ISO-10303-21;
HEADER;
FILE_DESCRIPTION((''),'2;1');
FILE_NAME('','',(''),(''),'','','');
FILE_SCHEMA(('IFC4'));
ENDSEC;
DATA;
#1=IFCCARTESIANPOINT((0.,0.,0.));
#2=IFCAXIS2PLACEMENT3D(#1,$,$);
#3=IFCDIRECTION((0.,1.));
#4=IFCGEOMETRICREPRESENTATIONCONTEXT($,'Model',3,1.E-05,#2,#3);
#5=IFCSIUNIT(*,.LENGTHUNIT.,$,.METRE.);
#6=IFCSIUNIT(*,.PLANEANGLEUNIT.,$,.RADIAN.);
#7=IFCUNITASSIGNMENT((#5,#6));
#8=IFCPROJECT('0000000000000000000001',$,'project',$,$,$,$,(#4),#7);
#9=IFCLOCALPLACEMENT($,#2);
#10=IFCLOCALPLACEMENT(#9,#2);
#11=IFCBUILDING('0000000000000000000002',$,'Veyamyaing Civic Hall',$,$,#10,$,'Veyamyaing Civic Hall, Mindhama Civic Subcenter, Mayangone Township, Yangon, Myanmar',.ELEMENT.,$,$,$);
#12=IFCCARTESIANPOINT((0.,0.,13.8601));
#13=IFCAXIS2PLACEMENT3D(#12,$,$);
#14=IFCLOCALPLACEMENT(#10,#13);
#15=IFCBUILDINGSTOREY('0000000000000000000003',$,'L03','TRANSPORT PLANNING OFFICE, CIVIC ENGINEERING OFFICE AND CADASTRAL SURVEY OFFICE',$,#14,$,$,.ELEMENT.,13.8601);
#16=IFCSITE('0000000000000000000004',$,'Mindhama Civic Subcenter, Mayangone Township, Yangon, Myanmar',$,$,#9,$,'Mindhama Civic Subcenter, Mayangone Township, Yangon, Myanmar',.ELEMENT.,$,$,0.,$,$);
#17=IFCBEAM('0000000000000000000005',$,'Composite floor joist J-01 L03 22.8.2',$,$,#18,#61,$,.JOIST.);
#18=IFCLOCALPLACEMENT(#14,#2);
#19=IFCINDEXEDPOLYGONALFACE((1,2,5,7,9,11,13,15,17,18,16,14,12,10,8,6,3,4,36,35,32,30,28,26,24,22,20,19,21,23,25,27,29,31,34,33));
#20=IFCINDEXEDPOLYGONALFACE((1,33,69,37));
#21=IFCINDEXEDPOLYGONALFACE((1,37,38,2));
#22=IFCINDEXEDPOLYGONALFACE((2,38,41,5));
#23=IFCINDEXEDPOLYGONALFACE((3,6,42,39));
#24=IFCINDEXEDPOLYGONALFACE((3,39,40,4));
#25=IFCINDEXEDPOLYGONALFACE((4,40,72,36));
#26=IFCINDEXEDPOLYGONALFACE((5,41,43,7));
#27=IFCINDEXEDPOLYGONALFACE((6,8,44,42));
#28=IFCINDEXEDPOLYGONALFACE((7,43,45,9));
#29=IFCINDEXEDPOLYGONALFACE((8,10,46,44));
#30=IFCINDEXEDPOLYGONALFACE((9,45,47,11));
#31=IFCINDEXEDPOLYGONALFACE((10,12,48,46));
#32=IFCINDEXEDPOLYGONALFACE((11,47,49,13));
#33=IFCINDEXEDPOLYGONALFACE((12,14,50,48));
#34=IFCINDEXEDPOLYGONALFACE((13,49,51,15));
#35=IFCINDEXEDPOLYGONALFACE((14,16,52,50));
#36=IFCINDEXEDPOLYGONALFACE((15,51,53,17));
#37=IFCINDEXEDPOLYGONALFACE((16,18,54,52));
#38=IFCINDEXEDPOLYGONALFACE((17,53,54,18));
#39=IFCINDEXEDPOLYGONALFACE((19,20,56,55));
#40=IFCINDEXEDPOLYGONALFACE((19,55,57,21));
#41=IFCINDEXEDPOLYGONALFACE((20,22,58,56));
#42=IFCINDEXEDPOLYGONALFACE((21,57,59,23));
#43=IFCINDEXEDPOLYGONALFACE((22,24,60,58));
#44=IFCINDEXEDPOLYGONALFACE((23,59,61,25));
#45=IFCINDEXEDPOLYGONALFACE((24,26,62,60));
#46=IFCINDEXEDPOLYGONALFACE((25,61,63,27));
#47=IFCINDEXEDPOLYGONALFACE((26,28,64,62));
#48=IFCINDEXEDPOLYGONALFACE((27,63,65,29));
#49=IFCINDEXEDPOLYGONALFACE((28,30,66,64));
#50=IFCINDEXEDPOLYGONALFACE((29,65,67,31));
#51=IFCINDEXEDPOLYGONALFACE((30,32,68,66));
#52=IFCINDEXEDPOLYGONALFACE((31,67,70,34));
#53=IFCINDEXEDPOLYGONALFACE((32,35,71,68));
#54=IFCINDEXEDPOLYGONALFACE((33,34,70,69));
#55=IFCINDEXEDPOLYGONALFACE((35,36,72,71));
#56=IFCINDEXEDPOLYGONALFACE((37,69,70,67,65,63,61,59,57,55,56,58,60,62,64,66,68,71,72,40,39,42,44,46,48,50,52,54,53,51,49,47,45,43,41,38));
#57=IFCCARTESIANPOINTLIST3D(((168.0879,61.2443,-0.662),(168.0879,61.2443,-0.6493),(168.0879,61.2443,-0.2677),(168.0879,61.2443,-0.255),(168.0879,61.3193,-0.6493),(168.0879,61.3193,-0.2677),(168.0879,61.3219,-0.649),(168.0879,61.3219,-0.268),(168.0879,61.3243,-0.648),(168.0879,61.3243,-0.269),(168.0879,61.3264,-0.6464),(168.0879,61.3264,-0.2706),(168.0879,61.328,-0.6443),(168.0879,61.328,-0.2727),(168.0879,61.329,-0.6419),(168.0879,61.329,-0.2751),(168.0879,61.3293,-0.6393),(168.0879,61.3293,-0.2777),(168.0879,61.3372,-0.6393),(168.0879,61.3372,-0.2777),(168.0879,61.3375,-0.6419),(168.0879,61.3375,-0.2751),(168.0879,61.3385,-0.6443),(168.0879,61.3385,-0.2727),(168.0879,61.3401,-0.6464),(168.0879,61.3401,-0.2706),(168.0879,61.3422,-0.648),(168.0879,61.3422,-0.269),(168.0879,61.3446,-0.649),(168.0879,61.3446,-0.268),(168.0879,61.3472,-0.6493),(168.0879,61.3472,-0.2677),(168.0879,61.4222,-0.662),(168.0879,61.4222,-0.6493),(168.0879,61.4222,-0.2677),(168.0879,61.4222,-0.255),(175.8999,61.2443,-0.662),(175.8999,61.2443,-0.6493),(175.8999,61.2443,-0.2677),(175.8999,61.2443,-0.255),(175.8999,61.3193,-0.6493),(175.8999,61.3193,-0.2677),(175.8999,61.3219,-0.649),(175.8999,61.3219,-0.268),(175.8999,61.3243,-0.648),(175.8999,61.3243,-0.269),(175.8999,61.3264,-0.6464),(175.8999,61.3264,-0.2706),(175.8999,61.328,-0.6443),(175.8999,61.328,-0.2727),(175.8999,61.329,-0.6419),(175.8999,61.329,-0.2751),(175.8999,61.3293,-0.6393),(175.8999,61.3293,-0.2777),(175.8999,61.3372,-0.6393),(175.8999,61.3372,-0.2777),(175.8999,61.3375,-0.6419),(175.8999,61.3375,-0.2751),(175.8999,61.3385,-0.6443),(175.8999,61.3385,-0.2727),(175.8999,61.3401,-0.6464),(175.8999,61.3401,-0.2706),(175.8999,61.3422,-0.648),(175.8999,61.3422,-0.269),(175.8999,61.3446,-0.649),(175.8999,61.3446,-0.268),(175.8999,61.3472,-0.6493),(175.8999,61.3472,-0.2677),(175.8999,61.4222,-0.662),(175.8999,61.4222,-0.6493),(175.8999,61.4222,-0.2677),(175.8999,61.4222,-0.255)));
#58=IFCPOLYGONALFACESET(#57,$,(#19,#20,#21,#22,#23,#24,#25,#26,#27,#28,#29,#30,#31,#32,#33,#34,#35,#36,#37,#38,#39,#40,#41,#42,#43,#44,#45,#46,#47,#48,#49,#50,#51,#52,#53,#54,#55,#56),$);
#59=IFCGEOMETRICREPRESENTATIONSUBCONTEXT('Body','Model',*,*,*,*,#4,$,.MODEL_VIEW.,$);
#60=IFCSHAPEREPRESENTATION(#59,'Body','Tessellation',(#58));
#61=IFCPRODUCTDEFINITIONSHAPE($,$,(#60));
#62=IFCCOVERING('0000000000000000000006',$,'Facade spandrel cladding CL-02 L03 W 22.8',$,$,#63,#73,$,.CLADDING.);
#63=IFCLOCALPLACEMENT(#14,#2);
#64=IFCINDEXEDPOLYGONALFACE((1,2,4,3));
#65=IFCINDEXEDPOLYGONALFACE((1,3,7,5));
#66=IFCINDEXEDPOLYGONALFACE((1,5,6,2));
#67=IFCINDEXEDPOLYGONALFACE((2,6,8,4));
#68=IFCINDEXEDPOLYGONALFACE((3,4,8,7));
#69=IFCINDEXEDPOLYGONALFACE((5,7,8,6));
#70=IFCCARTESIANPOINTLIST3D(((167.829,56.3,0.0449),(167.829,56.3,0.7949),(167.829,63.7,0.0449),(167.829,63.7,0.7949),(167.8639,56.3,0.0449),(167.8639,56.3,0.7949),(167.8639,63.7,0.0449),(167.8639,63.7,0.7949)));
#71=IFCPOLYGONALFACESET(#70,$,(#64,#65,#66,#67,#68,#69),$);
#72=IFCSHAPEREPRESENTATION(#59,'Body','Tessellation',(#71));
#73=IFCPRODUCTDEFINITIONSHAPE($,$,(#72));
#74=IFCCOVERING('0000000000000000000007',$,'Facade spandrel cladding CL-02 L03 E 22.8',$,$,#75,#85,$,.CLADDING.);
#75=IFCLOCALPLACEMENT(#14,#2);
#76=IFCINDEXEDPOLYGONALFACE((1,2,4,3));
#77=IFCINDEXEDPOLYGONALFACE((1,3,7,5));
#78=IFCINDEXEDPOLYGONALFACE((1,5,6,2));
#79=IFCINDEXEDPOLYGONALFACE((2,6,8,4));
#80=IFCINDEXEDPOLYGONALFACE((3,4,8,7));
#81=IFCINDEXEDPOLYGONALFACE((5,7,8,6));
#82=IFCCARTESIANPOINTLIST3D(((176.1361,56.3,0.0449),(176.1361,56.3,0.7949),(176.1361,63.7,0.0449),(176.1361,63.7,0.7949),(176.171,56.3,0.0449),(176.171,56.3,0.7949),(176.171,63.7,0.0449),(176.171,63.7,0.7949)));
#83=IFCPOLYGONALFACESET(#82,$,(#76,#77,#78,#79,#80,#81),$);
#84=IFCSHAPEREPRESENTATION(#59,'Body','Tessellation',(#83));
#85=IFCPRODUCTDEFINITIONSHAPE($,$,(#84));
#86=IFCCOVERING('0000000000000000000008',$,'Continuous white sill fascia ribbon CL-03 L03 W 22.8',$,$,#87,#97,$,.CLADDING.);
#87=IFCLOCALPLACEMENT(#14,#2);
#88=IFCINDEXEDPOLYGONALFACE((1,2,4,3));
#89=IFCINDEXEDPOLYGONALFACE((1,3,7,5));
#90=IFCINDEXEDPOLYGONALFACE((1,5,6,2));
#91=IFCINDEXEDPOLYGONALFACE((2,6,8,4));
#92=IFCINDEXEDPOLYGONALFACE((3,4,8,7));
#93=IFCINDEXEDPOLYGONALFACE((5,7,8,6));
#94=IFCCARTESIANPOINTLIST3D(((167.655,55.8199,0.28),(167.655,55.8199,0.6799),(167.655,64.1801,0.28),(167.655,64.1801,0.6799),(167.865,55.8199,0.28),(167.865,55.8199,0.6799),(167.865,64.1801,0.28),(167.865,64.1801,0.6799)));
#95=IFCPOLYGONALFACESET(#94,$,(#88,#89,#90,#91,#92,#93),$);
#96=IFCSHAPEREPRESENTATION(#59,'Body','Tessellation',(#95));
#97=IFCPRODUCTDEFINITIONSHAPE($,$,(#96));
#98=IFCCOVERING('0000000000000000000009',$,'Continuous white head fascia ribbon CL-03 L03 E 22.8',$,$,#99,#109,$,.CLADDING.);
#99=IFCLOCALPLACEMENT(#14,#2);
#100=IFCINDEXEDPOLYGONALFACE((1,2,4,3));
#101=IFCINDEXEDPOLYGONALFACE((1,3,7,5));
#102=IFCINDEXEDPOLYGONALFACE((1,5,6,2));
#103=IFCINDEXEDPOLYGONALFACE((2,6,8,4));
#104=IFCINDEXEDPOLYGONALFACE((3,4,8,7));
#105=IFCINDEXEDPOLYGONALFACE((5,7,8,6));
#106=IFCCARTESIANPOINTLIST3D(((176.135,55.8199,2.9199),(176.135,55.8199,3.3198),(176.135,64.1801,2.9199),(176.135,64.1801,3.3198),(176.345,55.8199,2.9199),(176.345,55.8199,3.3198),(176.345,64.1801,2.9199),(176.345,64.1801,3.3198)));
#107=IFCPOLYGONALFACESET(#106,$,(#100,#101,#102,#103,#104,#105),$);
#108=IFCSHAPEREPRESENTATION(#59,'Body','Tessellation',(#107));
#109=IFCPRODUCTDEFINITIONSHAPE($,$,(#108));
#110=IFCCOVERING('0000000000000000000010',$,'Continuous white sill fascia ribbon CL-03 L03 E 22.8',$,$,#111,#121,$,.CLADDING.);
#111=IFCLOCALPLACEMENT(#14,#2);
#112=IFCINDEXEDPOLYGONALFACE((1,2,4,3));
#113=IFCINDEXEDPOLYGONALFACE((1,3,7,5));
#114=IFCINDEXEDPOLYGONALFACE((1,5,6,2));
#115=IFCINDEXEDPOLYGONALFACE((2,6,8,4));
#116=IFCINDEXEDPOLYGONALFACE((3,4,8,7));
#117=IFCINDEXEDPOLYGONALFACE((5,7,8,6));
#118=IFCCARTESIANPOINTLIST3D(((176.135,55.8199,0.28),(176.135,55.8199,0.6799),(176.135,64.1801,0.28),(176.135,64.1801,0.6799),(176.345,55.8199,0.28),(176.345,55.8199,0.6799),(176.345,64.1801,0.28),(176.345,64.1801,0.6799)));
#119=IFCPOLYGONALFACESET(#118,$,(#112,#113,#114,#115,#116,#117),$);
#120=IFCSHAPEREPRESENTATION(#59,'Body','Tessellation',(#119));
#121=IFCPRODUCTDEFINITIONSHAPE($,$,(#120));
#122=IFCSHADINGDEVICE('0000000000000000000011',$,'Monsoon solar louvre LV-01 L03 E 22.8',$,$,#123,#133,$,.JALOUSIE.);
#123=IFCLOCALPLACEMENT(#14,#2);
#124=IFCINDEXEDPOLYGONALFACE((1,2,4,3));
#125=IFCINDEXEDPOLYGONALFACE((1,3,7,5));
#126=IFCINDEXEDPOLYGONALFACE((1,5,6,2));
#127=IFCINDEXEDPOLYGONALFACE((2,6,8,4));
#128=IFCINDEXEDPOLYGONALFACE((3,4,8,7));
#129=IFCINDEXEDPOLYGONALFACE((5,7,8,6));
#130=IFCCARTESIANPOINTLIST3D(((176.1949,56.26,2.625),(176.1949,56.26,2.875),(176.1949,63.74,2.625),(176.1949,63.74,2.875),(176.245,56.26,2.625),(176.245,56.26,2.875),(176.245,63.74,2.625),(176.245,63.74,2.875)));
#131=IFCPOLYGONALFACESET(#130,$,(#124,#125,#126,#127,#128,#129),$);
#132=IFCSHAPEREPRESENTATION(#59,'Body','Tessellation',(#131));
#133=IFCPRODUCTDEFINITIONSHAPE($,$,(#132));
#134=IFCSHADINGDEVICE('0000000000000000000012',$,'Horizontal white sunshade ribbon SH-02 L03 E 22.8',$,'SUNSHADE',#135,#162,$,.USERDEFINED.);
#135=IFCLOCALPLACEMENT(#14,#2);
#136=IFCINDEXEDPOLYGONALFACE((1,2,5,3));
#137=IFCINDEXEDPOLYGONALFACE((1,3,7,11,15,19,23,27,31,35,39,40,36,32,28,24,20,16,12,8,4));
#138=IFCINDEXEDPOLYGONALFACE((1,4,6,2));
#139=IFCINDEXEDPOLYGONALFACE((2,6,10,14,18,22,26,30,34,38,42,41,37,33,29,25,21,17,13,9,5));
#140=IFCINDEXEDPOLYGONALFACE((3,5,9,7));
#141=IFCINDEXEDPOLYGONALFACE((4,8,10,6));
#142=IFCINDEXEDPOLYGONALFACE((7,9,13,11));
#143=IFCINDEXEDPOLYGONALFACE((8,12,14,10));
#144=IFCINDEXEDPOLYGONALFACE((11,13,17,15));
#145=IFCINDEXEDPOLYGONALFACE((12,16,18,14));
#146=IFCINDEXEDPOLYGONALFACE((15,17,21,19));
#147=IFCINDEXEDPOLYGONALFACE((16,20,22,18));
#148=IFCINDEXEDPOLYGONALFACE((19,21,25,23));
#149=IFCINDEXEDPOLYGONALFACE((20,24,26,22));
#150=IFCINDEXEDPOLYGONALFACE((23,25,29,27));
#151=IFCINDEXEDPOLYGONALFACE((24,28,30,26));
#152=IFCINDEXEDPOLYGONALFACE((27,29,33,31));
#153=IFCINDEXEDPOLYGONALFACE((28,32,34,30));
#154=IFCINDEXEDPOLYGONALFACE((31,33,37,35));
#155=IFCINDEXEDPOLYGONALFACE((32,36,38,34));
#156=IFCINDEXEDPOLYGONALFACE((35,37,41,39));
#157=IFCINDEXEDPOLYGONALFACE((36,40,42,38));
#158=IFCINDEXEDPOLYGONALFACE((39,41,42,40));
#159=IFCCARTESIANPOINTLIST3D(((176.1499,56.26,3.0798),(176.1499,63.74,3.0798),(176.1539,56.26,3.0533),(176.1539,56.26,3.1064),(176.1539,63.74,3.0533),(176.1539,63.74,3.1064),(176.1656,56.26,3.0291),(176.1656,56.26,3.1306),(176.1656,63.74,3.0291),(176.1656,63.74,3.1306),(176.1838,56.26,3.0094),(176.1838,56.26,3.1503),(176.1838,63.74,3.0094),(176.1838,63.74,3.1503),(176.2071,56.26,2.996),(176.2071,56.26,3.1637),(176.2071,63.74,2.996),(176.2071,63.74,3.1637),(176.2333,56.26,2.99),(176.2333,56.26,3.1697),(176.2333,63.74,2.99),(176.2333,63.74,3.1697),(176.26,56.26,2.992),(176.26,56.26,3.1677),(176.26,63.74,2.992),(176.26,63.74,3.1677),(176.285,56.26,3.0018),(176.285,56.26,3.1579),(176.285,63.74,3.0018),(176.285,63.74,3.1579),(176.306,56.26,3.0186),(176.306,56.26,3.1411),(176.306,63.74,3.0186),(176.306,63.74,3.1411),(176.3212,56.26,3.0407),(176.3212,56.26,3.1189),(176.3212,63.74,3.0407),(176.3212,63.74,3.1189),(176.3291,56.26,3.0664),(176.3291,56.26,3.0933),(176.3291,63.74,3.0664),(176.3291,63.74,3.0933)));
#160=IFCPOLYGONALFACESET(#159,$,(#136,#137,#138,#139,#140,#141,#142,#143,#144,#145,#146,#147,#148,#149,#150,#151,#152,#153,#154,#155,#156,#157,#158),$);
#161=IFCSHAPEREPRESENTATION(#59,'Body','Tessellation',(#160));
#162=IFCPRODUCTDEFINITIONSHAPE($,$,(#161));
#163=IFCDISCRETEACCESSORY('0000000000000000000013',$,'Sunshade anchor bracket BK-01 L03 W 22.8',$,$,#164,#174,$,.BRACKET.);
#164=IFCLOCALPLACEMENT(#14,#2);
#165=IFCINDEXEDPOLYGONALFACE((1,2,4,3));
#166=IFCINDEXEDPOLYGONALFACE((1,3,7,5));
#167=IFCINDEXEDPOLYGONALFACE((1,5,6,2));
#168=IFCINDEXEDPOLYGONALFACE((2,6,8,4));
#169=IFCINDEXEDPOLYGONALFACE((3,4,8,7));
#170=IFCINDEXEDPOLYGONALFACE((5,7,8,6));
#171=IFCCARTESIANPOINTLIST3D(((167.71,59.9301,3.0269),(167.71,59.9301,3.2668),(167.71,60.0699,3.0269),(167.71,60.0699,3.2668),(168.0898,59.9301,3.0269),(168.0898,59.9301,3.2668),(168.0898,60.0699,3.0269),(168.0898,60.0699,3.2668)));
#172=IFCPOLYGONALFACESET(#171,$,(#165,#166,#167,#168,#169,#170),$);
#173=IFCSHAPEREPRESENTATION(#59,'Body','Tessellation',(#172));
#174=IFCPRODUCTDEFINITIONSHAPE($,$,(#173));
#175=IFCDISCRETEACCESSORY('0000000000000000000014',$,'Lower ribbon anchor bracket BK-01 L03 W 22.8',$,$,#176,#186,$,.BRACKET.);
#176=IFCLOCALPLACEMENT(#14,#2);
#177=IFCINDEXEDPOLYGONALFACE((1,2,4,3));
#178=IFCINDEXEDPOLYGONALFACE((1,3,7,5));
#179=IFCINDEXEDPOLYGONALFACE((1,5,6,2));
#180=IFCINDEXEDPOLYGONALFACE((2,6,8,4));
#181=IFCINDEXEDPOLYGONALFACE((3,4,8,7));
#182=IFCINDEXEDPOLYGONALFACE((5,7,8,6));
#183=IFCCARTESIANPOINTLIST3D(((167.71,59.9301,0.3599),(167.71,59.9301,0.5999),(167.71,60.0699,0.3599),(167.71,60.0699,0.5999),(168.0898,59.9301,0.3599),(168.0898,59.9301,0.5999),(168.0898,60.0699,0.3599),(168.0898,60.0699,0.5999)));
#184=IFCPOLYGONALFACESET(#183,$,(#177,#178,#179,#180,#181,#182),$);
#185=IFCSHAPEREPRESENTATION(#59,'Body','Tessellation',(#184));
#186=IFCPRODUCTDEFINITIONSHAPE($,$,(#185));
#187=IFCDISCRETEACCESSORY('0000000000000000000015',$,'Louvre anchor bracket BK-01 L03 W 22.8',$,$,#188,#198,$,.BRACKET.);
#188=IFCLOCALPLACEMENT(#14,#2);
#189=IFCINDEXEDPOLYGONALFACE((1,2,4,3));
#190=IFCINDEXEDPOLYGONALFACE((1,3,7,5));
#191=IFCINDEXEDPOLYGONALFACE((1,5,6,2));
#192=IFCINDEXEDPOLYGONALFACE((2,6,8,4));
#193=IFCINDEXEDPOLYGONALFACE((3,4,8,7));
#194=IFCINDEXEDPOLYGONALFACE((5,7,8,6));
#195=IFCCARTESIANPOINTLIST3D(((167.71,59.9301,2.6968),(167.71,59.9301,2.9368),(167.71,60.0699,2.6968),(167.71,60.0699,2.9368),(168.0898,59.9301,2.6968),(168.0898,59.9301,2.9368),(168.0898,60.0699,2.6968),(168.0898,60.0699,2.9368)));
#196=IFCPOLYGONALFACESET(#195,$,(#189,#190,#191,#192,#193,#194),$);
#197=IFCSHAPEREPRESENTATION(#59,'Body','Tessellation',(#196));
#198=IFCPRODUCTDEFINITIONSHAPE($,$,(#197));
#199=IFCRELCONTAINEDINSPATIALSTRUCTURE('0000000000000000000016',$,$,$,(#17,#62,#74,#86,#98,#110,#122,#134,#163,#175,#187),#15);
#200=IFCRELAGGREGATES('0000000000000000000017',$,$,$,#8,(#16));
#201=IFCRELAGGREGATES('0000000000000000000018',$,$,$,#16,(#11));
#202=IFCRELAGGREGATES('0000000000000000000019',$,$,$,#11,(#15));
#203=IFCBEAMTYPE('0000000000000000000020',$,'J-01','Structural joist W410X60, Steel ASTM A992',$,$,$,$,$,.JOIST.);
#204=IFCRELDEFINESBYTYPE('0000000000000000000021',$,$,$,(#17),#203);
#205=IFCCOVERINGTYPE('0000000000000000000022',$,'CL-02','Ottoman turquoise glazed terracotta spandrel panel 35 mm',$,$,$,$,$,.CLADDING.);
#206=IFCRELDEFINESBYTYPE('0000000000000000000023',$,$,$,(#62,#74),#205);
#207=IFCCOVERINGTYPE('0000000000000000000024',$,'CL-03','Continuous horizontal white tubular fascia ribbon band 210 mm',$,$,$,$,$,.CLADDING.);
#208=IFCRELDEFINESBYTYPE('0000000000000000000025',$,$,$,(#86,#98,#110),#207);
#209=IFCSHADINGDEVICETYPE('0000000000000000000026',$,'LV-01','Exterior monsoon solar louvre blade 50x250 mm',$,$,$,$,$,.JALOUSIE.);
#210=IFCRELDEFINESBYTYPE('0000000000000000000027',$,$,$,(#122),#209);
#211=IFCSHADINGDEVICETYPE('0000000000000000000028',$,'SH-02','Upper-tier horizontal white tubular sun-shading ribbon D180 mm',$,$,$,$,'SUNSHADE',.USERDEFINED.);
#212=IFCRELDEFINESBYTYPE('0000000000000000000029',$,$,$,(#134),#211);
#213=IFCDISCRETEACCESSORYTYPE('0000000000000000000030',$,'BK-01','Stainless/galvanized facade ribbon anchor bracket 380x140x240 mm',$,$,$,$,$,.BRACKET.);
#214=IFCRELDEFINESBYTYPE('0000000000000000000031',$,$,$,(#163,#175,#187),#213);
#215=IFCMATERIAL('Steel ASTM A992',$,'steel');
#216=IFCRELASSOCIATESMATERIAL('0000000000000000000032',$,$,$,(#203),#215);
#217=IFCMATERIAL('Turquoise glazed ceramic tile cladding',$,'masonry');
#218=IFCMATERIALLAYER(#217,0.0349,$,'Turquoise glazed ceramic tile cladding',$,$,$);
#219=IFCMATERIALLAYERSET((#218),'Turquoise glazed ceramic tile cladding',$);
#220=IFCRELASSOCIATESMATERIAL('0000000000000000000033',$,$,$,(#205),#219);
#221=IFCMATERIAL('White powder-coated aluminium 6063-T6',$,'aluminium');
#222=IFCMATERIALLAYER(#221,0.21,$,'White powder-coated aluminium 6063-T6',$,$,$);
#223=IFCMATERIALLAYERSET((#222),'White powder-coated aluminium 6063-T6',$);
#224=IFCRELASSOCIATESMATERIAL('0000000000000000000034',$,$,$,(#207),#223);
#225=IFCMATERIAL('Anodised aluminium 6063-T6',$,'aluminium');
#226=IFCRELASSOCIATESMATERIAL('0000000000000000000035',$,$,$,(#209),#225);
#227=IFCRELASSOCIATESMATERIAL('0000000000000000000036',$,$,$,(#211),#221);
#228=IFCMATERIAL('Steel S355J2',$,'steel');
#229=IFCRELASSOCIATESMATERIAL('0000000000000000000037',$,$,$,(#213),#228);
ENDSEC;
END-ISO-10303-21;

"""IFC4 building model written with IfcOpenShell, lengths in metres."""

from ifc_helpers import new_model, si_unit, direction, frame, origin, origin_2d, place, context, subcontext, project, spatial, rectangle, circle, i_section, extrude, material, layer, layer_set, material_profile, profile_set, type_object, element, save


model = new_model("IFC4")

# Units and contexts
model_context = context("Model", 3, precision=1e-05, world=origin(), true_north=direction((0.0, 1.0)))
body_context = subcontext(model_context, "Body", "Model", "MODEL_VIEW")
ifc_project = project(units=[si_unit("LENGTHUNIT", "METRE"), si_unit("PLANEANGLEUNIT", "RADIAN")], contexts=[model_context])

# Site, building, storey
site_placement = place(None, origin())
site = spatial("IfcSite", under=ifc_project, at=site_placement, Name="Mindhama Civic Subcenter, Mayangone Township, Yangon, Myanmar", LongName="Mindhama Civic Subcenter, Mayangone Township, Yangon, Myanmar", CompositionType="ELEMENT", RefElevation=0.0)
building_placement = place(site_placement, origin())
building = spatial("IfcBuilding", under=site, at=building_placement, Name="Veyamyaing Civic Hall", LongName="Veyamyaing Civic Hall, Mindhama Civic Subcenter, Mayangone Township, Yangon, Myanmar", CompositionType="ELEMENT")
storey_placement = place(building_placement, frame((0.0, 0.0, 13.8601)))
storey = spatial("IfcBuildingStorey", under=building, at=storey_placement, Name="L03", Description="TRANSPORT PLANNING OFFICE, CIVIC ENGINEERING OFFICE AND CADASTRAL SURVEY OFFICE", CompositionType="ELEMENT", Elevation=13.8601)

# Beam
ifc_material_1 = material(Name="Steel ASTM A992", Category="steel")
ifc_material_profile_1 = material_profile(ifc_material_1, i_section(OverallWidth=0.178, OverallDepth=0.407, WebThickness=0.0078, FlangeThickness=0.0127, FilletRadius=0.01, at=origin_2d()), Name="W410X60")
ifc_profile_set_1 = profile_set([ifc_material_profile_1], Name="Steel ASTM A992")
beam_type_1 = type_object("IfcBeamType", Name="J-01", Description="Structural joist W410X60, Steel ASTM A992", PredefinedType="JOIST", material=ifc_profile_set_1)
for number, where, z_axis, x_axis, name in (
    (1, (168.0879, 61.3333, -0.4585), (1.0, 0.0, 0.0), (0.0, 1.0, 0.0), "Composite floor joist J-01 L03 22.8.2"),
):
    element("IfcBeam", number, at=place(storey_placement, frame(where, z_axis=z_axis, x_axis=x_axis)), inside=storey, type_object=beam_type_1, Name=name, PredefinedType="JOIST", context=body_context, shape_type="SweptSolid", body=[
        extrude(i_section(OverallWidth=0.178, OverallDepth=0.407, WebThickness=0.0078, FlangeThickness=0.0127, FilletRadius=0.01, at=origin_2d()), origin(), (0.0, 0.0, 1.0), 7.812),
    ])

# Coverings
ifc_material_2 = material(Name="Turquoise glazed ceramic tile cladding", Category="masonry")
ifc_layer_1 = layer(ifc_material_2, 0.0349, Name="Turquoise glazed ceramic tile cladding")
ifc_layer_set_1 = layer_set([ifc_layer_1], Name="Turquoise glazed ceramic tile cladding")
covering_type_1 = type_object("IfcCoveringType", Name="CL-02", Description="Ottoman turquoise glazed terracotta spandrel panel 35 mm", PredefinedType="CLADDING", material=ifc_layer_set_1)
for number, where, z_axis, x_axis, name in (
    (2, (167.8464, 60.0, 0.0449), (0.0, 0.0, 1.0), (0.0, 1.0, 0.0), "Facade spandrel cladding CL-02 L03 W 22.8"),
    (3, (176.1536, 60.0, 0.0449), (0.0, 0.0, 1.0), (0.0, 1.0, 0.0), "Facade spandrel cladding CL-02 L03 E 22.8"),
):
    element("IfcCovering", number, at=place(storey_placement, frame(where, z_axis=z_axis, x_axis=x_axis)), inside=storey, type_object=covering_type_1, Name=name, PredefinedType="CLADDING", context=body_context, shape_type="SweptSolid", body=[
        extrude(rectangle(XDim=7.3999, YDim=0.0349, at=origin_2d()), origin(), (0.0, 0.0, 1.0), 0.75),
    ])
ifc_material_3 = material(Name="White powder-coated aluminium 6063-T6", Category="aluminium")
ifc_layer_2 = layer(ifc_material_3, 0.21, Name="White powder-coated aluminium 6063-T6")
ifc_layer_set_2 = layer_set([ifc_layer_2], Name="White powder-coated aluminium 6063-T6")
covering_type_2 = type_object("IfcCoveringType", Name="CL-03", Description="Continuous horizontal white tubular fascia ribbon band 210 mm", PredefinedType="CLADDING", material=ifc_layer_set_2)
for number, where, z_axis, x_axis, name in (
    (4, (167.76, 60.0, 0.28), (0.0, 0.0, 1.0), (0.0, 1.0, 0.0), "Continuous white sill fascia ribbon CL-03 L03 W 22.8"),
    (5, (176.24, 60.0, 2.9199), (0.0, 0.0, 1.0), (0.0, 1.0, 0.0), "Continuous white head fascia ribbon CL-03 L03 E 22.8"),
    (6, (176.24, 60.0, 0.28), (0.0, 0.0, 1.0), (0.0, 1.0, 0.0), "Continuous white sill fascia ribbon CL-03 L03 E 22.8"),
):
    element("IfcCovering", number, at=place(storey_placement, frame(where, z_axis=z_axis, x_axis=x_axis)), inside=storey, type_object=covering_type_2, Name=name, PredefinedType="CLADDING", context=body_context, shape_type="SweptSolid", body=[
        extrude(rectangle(XDim=8.3601, YDim=0.21, at=origin_2d()), origin(), (0.0, 0.0, 1.0), 0.3999),
    ])

# Shading devices
ifc_material_4 = material(Name="Anodised aluminium 6063-T6", Category="aluminium")
ifc_material_profile_2 = material_profile(ifc_material_4, rectangle(XDim=0.05, YDim=0.25, at=origin_2d()), Name="LOUVRE-BLADE-50X250")
ifc_profile_set_2 = profile_set([ifc_material_profile_2], Name="Anodised aluminium 6063-T6")
shading_device_type_1 = type_object("IfcShadingDeviceType", Name="LV-01", Description="Exterior monsoon solar louvre blade 50x250 mm", PredefinedType="JALOUSIE", material=ifc_profile_set_2)
shading_device_1_placement = place(storey_placement, frame((176.22, 56.26, 2.75), z_axis=(0.0, 1.0, 0.0), x_axis=(-1.0, 0.0, 0.0)))
element("IfcShadingDevice", 7, at=shading_device_1_placement, inside=storey, type_object=shading_device_type_1, Name="Monsoon solar louvre LV-01 L03 E 22.8", PredefinedType="JALOUSIE", context=body_context, shape_type="SweptSolid", body=[
    extrude(rectangle(XDim=0.05, YDim=0.25, at=origin_2d()), origin(), (0.0, 0.0, 1.0), 7.48),
])
ifc_material_profile_3 = material_profile(ifc_material_3, circle(Radius=0.0901, at=origin_2d()), Name="SHADE-TUBE-180")
ifc_profile_set_3 = profile_set([ifc_material_profile_3], Name="White powder-coated aluminium 6063-T6")
shading_device_type_2 = type_object("IfcShadingDeviceType", Name="SH-02", Description="Upper-tier horizontal white tubular sun-shading ribbon D180 mm", ElementType="SUNSHADE", PredefinedType="USERDEFINED", material=ifc_profile_set_3)
shading_device_2_placement = place(storey_placement, frame((176.24, 56.26, 3.0798), z_axis=(0.0, 1.0, 0.0), x_axis=(-1.0, 0.0, 0.0)))
element("IfcShadingDevice", 8, at=shading_device_2_placement, inside=storey, type_object=shading_device_type_2, Name="Horizontal white sunshade ribbon SH-02 L03 E 22.8", ObjectType="SUNSHADE", PredefinedType="USERDEFINED", context=body_context, shape_type="SweptSolid", body=[
    extrude(circle(Radius=0.0901, at=origin_2d()), origin(), (0.0, 0.0, 1.0), 7.48),
])

# Discrete accessories
ifc_material_5 = material(Name="Steel S355J2", Category="steel")
discrete_accessory_type = type_object("IfcDiscreteAccessoryType", Name="BK-01", Description="Stainless/galvanized facade ribbon anchor bracket 380x140x240 mm", PredefinedType="BRACKET", material=ifc_material_5)
for number, where, z_axis, x_axis, name in (
    (9, (167.8999, 60.0, 3.0269), (0.0, 0.0, 1.0), (-1.0, 0.0, 0.0), "Sunshade anchor bracket BK-01 L03 W 22.8"),
    (10, (167.8999, 60.0, 0.3599), (0.0, 0.0, 1.0), (-1.0, 0.0, 0.0), "Lower ribbon anchor bracket BK-01 L03 W 22.8"),
    (11, (167.8999, 60.0, 2.6968), (0.0, 0.0, 1.0), (-1.0, 0.0, 0.0), "Louvre anchor bracket BK-01 L03 W 22.8"),
):
    element("IfcDiscreteAccessory", number, at=place(storey_placement, frame(where, z_axis=z_axis, x_axis=x_axis)), inside=storey, type_object=discrete_accessory_type, Name=name, PredefinedType="BRACKET", context=body_context, shape_type="SweptSolid", body=[
        extrude(rectangle(XDim=0.3799, YDim=0.1399, at=origin_2d()), origin(), (0.0, 0.0, 1.0), 0.24),
    ])

save(model, "model.ifc")
